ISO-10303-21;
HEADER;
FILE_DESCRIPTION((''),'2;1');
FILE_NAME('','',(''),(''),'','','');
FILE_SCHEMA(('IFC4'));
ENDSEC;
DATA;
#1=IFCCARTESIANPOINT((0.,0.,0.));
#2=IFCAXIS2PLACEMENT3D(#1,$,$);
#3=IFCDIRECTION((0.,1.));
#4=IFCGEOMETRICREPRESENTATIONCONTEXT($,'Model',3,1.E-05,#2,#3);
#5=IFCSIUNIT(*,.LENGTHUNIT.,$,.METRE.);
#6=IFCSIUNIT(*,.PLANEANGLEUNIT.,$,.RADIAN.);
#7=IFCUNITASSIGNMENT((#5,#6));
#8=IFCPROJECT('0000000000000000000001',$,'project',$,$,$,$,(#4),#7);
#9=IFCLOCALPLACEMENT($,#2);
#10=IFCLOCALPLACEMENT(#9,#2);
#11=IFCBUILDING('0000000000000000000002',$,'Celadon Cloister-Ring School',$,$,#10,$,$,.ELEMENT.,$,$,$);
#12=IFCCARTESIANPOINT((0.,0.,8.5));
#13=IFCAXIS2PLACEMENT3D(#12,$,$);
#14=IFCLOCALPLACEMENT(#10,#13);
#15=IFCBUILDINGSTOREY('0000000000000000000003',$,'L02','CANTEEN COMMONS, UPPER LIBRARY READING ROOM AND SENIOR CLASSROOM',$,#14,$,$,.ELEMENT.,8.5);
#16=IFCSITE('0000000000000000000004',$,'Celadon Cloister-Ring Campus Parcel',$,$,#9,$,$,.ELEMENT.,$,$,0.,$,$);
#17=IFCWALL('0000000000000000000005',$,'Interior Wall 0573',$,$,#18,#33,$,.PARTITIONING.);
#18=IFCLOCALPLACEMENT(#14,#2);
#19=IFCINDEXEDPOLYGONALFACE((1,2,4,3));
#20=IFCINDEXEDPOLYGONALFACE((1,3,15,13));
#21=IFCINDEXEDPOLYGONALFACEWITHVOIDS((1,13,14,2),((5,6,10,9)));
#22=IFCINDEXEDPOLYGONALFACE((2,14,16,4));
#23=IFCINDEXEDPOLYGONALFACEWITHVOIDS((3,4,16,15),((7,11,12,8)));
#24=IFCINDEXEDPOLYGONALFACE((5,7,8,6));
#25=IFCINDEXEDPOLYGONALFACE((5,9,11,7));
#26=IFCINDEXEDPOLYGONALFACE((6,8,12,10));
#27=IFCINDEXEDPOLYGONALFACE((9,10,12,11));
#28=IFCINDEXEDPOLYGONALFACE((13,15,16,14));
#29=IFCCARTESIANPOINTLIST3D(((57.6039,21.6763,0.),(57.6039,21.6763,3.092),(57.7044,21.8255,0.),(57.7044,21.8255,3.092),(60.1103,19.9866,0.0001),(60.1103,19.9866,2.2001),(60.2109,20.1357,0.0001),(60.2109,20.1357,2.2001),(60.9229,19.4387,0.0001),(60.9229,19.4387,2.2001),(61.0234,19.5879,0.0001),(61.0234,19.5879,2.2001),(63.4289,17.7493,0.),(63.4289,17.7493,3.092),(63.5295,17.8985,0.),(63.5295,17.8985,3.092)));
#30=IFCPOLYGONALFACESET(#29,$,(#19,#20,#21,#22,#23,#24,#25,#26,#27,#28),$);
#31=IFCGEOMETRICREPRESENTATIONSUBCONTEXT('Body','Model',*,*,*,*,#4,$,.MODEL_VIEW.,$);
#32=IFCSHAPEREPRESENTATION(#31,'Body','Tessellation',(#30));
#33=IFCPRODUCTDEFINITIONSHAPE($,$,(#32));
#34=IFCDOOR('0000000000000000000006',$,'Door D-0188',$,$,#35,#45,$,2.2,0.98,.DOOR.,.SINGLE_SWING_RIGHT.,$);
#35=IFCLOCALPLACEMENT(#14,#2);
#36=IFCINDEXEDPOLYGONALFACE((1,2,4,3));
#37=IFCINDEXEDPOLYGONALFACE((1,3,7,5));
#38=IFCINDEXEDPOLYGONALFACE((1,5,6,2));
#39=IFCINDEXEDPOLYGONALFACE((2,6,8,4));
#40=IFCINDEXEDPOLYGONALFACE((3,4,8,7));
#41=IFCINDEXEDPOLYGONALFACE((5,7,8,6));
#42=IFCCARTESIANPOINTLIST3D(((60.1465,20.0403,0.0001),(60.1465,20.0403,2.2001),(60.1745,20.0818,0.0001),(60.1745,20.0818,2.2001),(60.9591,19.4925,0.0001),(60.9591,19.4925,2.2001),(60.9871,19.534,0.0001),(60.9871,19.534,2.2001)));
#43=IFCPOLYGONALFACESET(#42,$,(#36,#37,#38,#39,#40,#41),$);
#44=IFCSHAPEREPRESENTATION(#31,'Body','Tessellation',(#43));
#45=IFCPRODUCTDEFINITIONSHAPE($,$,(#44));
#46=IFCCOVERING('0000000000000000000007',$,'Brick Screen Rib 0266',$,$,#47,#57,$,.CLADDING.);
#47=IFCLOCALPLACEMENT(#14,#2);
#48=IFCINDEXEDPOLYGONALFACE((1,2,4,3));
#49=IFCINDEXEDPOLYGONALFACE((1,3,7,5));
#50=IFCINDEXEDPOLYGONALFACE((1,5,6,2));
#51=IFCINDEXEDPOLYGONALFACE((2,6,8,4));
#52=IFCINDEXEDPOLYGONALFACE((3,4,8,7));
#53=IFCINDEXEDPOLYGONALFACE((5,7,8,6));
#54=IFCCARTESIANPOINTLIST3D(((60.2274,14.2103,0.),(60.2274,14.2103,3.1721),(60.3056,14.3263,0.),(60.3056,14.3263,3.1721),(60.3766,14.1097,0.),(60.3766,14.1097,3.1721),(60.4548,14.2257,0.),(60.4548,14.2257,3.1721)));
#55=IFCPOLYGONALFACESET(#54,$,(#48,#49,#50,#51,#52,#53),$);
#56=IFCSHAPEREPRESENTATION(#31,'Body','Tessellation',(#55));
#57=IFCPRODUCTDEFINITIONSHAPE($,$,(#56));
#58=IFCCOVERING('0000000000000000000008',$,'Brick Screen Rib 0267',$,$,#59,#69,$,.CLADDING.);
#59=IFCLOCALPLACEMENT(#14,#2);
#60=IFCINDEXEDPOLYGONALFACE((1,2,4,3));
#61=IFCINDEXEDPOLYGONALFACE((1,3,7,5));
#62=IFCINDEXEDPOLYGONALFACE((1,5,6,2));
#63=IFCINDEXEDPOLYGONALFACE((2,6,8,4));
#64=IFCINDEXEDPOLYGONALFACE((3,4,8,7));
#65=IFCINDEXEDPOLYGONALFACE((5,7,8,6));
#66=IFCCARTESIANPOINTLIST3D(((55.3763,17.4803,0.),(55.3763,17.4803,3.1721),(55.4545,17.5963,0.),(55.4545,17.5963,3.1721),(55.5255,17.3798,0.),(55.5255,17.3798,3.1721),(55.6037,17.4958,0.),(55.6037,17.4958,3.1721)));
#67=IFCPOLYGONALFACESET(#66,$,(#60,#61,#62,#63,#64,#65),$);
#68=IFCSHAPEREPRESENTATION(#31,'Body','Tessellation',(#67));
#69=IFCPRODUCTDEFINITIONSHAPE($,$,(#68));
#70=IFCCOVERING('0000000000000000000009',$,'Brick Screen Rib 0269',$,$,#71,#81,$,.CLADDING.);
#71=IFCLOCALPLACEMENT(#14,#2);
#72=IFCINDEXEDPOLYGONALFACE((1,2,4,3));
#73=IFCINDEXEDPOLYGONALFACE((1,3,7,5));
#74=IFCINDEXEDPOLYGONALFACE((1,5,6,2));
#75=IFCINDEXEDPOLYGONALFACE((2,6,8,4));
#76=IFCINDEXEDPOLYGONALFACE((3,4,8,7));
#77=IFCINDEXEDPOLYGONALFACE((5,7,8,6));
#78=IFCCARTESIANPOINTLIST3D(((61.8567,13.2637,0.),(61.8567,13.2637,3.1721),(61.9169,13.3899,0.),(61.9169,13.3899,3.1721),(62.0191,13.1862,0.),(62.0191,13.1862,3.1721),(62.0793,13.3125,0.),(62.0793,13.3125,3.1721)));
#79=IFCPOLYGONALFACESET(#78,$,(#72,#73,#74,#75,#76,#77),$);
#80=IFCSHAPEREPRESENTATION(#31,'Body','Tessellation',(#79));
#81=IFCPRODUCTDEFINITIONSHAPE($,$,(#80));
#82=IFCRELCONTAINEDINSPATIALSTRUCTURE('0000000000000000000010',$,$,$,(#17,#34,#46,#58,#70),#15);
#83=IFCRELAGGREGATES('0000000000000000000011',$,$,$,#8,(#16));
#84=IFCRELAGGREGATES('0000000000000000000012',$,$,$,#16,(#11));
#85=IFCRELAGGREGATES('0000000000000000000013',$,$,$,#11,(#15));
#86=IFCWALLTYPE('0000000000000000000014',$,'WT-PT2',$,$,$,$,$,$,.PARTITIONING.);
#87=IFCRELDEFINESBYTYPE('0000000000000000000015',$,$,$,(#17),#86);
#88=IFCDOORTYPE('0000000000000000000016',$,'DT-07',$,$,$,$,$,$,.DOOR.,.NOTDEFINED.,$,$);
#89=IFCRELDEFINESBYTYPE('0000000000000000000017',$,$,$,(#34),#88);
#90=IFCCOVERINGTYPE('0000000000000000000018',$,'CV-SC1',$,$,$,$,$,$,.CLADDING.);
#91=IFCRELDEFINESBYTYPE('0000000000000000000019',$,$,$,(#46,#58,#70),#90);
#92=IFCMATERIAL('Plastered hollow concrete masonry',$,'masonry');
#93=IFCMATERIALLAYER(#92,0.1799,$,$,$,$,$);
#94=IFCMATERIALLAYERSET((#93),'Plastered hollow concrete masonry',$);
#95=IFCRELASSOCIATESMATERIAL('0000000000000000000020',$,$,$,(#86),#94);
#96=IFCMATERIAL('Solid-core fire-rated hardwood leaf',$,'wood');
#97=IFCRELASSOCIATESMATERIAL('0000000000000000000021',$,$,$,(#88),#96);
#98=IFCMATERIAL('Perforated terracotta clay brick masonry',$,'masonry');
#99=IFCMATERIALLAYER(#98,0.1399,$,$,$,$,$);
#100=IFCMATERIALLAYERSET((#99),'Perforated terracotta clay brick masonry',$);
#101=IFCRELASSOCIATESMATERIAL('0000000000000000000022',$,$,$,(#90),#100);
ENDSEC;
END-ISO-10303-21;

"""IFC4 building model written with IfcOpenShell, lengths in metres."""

from ifc_helpers import new_model, si_unit, direction, frame, frame_2d, origin, origin_2d, place, context, subcontext, project, spatial, rectangle, extrude, material, layer, layer_set, type_object, element, fill, save


model = new_model("IFC4")

# Units and contexts
model_context = context("Model", 3, precision=1e-05, world=origin(), true_north=direction((0.0, 1.0)))
body_context = subcontext(model_context, "Body", "Model", "MODEL_VIEW")
ifc_project = project(units=[si_unit("LENGTHUNIT", "METRE"), si_unit("PLANEANGLEUNIT", "RADIAN")], contexts=[model_context])

# Site, building, storey
site_placement = place(None, origin())
site = spatial("IfcSite", under=ifc_project, at=site_placement, Name="Celadon Cloister-Ring Campus Parcel", CompositionType="ELEMENT", RefElevation=0.0)
building_placement = place(site_placement, origin())
building = spatial("IfcBuilding", under=site, at=building_placement, Name="Celadon Cloister-Ring School", CompositionType="ELEMENT")
storey_placement = place(building_placement, frame((0.0, 0.0, 8.5)))
storey = spatial("IfcBuildingStorey", under=building, at=storey_placement, Name="L02", Description="CANTEEN COMMONS, UPPER LIBRARY READING ROOM AND SENIOR CLASSROOM", CompositionType="ELEMENT", Elevation=8.5)

# Wall, opening, door
ifc_material_1 = material(Name="Plastered hollow concrete masonry", Category="masonry")
ifc_layer_1 = layer(ifc_material_1, 0.1799)
ifc_layer_set_1 = layer_set([ifc_layer_1], Name="Plastered hollow concrete masonry")
wall_type_1 = type_object("IfcWallType", Name="WT-PT2", PredefinedType="PARTITIONING", material=ifc_layer_set_1)
wall_1_placement = place(storey_placement, frame((57.6541, 21.751, 0.0), z_axis=(0.0, 0.0, 1.0), x_axis=(0.829168, -0.558999, 0.0)))
wall_1 = element("IfcWall", 1, at=wall_1_placement, inside=storey, type_object=wall_type_1, Name="Interior Wall 0573", PredefinedType="PARTITIONING", context=body_context, shape_type="SweptSolid", body=[
    extrude(rectangle(XDim=7.0251, YDim=0.1799, at=frame_2d((3.5127, 0.0))), origin(), (0.0, 0.0, 1.0), 3.092),
])
opening_1_placement = place(wall_1_placement, frame((3.0229, 0.0, 0.0)))
opening_1 = element("IfcOpeningElement", 2, at=opening_1_placement, cuts=wall_1, PredefinedType="OPENING", context=body_context, shape_type="SweptSolid", body=[
    extrude(rectangle(XDim=0.98, YDim=2.2, at=frame_2d((0.49, 1.1001))), frame((0.0, 0.1001, 0.0), z_axis=(0.0, -1.0, 0.0), x_axis=(1.0, 0.0, 0.0)), (0.0, 0.0, 1.0), 0.2),
])
ifc_material_2 = material(Name="Solid-core fire-rated hardwood leaf", Category="wood")
door_type = type_object("IfcDoorType", Name="DT-07", OperationType="NOTDEFINED", PredefinedType="DOOR", material=ifc_material_2)
door_placement = place(opening_1_placement, origin())
door = element("IfcDoor", 3, at=door_placement, inside=storey, type_object=door_type, Name="Door D-0188", OperationType="SINGLE_SWING_RIGHT", OverallHeight=2.2, OverallWidth=0.98, PredefinedType="DOOR", context=body_context, shape_type="SweptSolid", body=[
    extrude(rectangle(XDim=0.98, YDim=2.2, at=frame_2d((0.49, 1.1001))), frame((0.0, 0.0249, 0.0), z_axis=(0.0, -1.0, 0.0), x_axis=(1.0, 0.0, 0.0)), (0.0, 0.0, 1.0), 0.05),
])
fill(opening_1, door)

# Coverings
ifc_material_3 = material(Name="Perforated terracotta clay brick masonry", Category="masonry")
ifc_layer_2 = layer(ifc_material_3, 0.1399)
ifc_layer_set_2 = layer_set([ifc_layer_2], Name="Perforated terracotta clay brick masonry")
covering_type = type_object("IfcCoveringType", Name="CV-SC1", PredefinedType="CLADDING", material=ifc_layer_set_2)
for number, where, z_axis, x_axis, name in (
    (4, (60.3411, 14.218, 0.0), (0.0, 0.0, 1.0), (-0.829213, 0.558932, 0.0), "Brick Screen Rib 0266"),
    (5, (55.49, 17.488, 0.0), (0.0, 0.0, 1.0), (-0.829213, 0.558932, 0.0), "Brick Screen Rib 0267"),
    (6, (61.968, 13.2881, 0.0), (0.0, 0.0, 1.0), (-0.902683, 0.430306, 0.0), "Brick Screen Rib 0269"),
):
    element("IfcCovering", number, at=place(storey_placement, frame(where, z_axis=z_axis, x_axis=x_axis)), inside=storey, type_object=covering_type, Name=name, PredefinedType="CLADDING", context=body_context, shape_type="SweptSolid", body=[
        extrude(rectangle(XDim=0.1799, YDim=0.1399, at=origin_2d()), origin(), (0.0, 0.0, 1.0), 3.1721),
    ])

save(model, "model.ifc")
